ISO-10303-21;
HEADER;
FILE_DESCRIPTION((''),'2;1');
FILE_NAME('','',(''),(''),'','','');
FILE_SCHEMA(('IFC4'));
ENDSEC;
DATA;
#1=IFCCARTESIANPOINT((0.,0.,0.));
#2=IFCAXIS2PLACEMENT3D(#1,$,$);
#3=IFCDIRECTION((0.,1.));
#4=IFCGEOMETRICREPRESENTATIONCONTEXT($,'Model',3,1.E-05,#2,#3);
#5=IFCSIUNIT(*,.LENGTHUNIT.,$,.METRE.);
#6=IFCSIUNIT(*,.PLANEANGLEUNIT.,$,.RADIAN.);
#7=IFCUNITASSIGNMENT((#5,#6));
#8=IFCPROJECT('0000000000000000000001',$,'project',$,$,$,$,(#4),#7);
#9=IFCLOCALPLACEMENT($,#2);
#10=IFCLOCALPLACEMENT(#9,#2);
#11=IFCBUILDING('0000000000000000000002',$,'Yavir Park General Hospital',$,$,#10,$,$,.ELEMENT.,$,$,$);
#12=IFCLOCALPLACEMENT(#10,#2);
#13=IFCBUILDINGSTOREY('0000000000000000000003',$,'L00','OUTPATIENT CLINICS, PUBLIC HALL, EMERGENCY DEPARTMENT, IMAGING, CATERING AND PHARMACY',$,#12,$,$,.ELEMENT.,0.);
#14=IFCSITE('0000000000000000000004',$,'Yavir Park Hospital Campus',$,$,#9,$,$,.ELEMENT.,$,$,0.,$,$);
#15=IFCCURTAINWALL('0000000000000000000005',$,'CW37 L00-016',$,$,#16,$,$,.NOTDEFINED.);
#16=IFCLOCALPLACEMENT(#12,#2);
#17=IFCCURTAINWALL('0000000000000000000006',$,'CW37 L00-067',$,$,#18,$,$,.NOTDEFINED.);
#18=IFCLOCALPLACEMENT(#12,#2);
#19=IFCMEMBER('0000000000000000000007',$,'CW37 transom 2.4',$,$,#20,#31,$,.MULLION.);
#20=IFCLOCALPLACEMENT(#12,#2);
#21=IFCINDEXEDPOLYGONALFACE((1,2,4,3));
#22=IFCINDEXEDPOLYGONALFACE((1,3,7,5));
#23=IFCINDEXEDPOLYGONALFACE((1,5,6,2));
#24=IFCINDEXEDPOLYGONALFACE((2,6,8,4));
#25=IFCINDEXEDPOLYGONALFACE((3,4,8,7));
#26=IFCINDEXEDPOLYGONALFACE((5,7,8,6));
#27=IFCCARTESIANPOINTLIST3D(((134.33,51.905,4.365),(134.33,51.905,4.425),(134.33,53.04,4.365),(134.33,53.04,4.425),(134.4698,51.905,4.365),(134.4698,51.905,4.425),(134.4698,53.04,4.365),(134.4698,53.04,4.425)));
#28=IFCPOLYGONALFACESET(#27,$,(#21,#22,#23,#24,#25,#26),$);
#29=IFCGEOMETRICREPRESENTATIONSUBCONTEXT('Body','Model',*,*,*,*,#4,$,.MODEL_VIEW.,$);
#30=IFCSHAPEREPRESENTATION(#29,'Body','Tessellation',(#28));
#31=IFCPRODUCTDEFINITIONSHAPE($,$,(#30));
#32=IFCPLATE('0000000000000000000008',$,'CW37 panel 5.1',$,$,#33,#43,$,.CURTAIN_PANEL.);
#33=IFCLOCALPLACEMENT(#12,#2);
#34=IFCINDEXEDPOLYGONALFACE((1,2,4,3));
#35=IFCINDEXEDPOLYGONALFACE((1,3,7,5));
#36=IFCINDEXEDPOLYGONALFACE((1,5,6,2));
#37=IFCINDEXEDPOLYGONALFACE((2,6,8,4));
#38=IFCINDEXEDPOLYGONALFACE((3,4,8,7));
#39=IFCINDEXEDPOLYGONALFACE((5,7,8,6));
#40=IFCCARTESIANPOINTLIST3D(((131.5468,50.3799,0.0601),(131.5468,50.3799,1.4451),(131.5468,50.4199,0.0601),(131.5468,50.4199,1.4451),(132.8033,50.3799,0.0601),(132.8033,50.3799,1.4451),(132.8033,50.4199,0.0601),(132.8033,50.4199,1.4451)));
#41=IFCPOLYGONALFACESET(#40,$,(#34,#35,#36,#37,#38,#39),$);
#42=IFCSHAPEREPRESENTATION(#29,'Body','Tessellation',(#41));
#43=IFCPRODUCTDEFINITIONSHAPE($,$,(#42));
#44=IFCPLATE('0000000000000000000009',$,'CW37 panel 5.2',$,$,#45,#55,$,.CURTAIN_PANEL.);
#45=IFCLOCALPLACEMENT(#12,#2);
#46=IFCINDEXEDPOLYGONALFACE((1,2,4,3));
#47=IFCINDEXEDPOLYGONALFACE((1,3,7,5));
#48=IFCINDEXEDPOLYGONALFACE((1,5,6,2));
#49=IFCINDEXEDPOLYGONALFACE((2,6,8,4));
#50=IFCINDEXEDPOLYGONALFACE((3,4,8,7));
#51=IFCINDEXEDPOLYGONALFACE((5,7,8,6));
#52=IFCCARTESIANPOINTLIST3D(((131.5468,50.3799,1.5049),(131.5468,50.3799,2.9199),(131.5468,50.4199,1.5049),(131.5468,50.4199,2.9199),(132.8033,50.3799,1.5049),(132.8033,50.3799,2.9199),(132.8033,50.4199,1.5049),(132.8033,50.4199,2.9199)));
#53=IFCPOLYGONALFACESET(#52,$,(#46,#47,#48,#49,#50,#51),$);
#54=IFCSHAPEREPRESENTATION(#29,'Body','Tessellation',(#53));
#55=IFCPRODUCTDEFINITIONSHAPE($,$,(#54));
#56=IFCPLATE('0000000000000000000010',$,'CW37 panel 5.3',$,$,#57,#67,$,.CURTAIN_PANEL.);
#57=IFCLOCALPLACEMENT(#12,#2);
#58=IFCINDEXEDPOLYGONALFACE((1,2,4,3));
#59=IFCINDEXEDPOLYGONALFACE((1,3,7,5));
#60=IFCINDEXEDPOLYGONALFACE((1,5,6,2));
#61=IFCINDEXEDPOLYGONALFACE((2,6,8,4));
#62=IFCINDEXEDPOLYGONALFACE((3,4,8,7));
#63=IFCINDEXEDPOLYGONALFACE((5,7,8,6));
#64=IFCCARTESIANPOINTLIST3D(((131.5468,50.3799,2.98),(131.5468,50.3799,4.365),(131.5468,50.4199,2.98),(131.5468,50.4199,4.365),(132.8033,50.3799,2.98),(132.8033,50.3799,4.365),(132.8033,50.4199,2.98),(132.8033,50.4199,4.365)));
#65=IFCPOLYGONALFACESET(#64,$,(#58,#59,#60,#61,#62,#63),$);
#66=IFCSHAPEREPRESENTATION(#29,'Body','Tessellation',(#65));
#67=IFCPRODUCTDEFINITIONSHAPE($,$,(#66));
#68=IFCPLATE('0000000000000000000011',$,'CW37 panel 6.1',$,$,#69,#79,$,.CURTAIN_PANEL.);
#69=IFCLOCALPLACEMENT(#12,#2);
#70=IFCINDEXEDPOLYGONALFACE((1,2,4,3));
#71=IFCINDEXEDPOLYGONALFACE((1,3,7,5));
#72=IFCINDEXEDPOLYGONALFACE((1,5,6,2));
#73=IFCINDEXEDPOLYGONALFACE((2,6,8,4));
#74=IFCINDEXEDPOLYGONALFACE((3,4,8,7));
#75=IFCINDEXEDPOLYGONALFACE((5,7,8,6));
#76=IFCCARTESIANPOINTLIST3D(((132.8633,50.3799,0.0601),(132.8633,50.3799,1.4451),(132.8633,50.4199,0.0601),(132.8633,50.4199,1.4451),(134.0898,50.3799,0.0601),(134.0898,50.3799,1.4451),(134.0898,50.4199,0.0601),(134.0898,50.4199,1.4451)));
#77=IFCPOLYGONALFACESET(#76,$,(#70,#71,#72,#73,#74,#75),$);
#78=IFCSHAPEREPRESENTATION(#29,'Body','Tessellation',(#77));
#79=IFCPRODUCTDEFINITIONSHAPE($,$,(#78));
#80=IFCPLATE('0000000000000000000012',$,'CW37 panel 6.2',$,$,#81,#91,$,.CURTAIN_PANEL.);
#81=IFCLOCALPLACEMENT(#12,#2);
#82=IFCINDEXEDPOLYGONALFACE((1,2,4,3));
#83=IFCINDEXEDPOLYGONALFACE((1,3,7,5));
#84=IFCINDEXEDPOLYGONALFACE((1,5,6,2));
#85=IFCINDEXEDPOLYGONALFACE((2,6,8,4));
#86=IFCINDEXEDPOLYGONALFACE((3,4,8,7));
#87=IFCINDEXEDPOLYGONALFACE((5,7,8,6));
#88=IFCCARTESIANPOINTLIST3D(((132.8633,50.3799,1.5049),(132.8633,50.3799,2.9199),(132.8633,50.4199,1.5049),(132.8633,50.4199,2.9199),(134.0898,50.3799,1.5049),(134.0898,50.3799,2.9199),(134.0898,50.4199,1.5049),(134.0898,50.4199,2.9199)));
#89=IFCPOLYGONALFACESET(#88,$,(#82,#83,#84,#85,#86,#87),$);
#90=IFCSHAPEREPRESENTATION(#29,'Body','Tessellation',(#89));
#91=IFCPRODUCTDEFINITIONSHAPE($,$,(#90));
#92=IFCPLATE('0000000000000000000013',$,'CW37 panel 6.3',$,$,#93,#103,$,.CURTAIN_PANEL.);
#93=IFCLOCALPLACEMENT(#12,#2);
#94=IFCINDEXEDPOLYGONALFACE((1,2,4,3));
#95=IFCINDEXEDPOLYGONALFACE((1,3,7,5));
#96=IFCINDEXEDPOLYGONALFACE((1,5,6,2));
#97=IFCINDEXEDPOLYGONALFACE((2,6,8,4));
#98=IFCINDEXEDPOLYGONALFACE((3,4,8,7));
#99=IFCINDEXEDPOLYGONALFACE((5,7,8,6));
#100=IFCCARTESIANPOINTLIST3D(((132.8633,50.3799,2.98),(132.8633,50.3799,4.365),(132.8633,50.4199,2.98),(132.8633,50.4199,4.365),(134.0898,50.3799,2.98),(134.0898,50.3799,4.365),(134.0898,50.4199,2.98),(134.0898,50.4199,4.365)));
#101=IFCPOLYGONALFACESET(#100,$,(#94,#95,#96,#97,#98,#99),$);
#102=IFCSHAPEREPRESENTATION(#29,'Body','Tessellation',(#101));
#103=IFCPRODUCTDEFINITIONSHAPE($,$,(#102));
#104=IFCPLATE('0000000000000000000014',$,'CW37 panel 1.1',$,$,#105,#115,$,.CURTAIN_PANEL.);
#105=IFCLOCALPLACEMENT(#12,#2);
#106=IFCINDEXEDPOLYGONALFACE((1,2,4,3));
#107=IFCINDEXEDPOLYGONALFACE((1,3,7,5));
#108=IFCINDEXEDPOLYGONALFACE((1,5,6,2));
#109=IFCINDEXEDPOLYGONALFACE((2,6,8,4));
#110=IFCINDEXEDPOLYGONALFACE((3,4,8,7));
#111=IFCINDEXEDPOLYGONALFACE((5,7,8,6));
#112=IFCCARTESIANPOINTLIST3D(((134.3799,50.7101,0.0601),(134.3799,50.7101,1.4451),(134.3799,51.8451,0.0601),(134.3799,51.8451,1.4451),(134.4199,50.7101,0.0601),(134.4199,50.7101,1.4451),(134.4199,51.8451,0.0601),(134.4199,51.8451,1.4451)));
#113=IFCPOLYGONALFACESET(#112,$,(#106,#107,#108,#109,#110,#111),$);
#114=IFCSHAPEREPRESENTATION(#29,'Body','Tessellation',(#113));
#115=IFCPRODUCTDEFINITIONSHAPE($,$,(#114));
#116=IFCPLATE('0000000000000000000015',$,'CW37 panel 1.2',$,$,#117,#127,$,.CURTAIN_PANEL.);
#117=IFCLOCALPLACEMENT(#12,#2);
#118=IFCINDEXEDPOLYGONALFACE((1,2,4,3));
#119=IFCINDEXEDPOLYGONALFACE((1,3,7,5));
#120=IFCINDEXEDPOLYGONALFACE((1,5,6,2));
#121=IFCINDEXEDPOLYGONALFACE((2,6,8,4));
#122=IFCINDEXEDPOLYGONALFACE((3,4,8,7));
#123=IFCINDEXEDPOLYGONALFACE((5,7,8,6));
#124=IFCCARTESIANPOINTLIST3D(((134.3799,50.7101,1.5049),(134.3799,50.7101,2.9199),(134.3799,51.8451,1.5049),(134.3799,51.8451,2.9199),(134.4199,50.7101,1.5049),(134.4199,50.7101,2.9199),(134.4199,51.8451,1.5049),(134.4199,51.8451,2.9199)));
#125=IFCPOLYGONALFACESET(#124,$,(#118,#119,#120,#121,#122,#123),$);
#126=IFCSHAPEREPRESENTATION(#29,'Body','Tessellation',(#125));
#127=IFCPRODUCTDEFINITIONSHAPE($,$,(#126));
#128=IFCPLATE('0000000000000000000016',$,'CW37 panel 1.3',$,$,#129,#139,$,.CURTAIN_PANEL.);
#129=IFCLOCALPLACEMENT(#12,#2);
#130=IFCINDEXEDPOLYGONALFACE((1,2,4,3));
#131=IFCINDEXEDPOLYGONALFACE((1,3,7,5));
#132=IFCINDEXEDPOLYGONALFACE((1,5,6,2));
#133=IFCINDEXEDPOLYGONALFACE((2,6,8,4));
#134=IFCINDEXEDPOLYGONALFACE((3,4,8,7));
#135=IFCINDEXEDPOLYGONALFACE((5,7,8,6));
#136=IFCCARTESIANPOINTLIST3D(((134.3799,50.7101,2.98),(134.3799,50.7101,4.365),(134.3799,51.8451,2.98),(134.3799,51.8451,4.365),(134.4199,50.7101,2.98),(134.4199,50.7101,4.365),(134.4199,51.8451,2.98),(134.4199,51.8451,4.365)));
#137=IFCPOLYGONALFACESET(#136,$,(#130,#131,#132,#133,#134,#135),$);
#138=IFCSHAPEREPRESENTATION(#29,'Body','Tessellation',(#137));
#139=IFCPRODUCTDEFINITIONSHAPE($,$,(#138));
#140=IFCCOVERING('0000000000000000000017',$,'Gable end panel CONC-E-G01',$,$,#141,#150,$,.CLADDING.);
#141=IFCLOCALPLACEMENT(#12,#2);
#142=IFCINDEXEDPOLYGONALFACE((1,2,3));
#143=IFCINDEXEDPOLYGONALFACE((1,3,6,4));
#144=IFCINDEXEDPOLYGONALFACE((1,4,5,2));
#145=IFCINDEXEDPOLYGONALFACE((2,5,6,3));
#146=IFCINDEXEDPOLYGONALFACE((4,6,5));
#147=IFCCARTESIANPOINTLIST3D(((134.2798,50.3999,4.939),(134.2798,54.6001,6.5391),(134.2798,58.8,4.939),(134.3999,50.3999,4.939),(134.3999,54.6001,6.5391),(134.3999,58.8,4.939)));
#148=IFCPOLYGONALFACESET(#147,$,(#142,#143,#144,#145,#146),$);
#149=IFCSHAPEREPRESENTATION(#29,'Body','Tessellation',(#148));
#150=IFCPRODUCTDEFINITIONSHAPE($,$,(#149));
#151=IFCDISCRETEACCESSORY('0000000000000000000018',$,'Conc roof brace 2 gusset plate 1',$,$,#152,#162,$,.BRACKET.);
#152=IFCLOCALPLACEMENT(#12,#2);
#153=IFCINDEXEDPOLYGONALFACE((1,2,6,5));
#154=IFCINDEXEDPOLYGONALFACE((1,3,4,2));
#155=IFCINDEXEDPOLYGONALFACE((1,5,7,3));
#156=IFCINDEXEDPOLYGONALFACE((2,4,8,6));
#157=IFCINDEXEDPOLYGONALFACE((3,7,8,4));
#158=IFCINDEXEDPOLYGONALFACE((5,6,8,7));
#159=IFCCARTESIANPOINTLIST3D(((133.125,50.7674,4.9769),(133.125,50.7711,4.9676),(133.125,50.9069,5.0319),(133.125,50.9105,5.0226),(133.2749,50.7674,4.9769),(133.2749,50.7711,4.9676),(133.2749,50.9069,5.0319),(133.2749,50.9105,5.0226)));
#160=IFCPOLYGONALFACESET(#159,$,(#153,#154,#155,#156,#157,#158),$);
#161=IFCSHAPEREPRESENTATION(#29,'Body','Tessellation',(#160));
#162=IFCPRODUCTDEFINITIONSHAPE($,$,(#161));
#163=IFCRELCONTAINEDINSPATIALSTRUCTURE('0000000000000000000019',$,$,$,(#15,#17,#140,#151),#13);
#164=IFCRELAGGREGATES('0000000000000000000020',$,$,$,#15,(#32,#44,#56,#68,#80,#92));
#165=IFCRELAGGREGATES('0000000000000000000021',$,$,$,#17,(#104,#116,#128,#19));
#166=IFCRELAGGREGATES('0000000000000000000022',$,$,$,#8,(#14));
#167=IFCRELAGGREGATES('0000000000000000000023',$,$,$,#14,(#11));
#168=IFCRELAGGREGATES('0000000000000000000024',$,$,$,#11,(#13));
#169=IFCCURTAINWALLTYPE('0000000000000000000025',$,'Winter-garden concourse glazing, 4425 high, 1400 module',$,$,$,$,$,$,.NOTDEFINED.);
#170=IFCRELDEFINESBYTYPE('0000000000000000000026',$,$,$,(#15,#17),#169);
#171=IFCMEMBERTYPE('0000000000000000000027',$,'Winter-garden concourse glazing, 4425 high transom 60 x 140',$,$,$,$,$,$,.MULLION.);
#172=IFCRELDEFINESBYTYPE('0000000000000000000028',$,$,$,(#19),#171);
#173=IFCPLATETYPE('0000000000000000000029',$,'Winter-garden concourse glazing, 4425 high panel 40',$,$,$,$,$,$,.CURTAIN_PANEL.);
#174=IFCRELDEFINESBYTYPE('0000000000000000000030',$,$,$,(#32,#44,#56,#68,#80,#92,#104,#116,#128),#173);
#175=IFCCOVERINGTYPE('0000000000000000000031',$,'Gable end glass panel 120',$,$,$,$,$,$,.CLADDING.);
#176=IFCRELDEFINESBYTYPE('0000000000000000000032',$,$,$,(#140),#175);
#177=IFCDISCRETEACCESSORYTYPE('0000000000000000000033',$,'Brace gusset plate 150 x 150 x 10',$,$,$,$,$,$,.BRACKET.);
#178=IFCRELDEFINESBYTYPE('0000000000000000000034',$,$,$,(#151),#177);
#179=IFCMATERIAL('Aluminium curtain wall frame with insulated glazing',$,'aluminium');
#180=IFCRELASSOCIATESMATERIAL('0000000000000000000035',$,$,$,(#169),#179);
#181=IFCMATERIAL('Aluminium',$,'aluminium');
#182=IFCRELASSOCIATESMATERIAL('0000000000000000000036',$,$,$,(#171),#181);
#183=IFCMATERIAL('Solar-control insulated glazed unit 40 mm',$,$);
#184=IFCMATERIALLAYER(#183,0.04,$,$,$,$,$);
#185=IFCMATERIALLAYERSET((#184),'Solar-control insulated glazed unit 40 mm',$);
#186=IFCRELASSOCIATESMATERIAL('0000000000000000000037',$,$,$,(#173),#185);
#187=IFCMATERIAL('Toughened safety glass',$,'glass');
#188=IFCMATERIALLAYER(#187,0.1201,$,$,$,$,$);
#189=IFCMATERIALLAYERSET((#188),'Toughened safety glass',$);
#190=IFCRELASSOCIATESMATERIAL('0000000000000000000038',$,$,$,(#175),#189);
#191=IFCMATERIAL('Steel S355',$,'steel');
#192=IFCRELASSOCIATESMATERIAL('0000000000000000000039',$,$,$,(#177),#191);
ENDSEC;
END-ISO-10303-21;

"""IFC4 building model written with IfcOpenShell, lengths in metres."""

from ifc_helpers import new_model, si_unit, direction, frame, origin, origin_2d, place, context, subcontext, project, spatial, polyline, rectangle, outline, extrude, material, layer, layer_set, material_profile, profile_set, type_object, element, aggregate, save


model = new_model("IFC4")

# Units and contexts
model_context = context("Model", 3, precision=1e-05, world=origin(), true_north=direction((0.0, 1.0)))
body_context = subcontext(model_context, "Body", "Model", "MODEL_VIEW")
ifc_project = project(units=[si_unit("LENGTHUNIT", "METRE"), si_unit("PLANEANGLEUNIT", "RADIAN")], contexts=[model_context])

# Site, building, storey
site_placement = place(None, origin())
site = spatial("IfcSite", under=ifc_project, at=site_placement, Name="Yavir Park Hospital Campus", CompositionType="ELEMENT", RefElevation=0.0)
building_placement = place(site_placement, origin())
building = spatial("IfcBuilding", under=site, at=building_placement, Name="Yavir Park General Hospital", CompositionType="ELEMENT")
storey_placement = place(building_placement, origin())
storey = spatial("IfcBuildingStorey", under=building, at=storey_placement, Name="L00", Description="OUTPATIENT CLINICS, PUBLIC HALL, EMERGENCY DEPARTMENT, IMAGING, CATERING AND PHARMACY", CompositionType="ELEMENT", Elevation=0.0)

# Curtain walls
ifc_material_1 = material(Name="Aluminium curtain wall frame with insulated glazing", Category="aluminium")
curtain_wall_type = type_object("IfcCurtainWallType", Name="Winter-garden concourse glazing, 4425 high, 1400 module", PredefinedType="NOTDEFINED", material=ifc_material_1)
curtain_wall_1_placement = place(storey_placement, origin())
curtain_wall_1 = element("IfcCurtainWall", 1, at=curtain_wall_1_placement, inside=storey, type_object=curtain_wall_type, Name="CW37 L00-016", PredefinedType="NOTDEFINED")
curtain_wall_2_placement = place(storey_placement, origin())
curtain_wall_2 = element("IfcCurtainWall", 2, at=curtain_wall_2_placement, inside=storey, type_object=curtain_wall_type, Name="CW37 L00-067", PredefinedType="NOTDEFINED")

# Member
ifc_material_2 = material(Name="Aluminium", Category="aluminium")
ifc_material_profile_1 = material_profile(ifc_material_2, rectangle(XDim=0.1399, YDim=0.0601, at=origin_2d()), Name="AL 140x60")
ifc_profile_set_1 = profile_set([ifc_material_profile_1], Name="Aluminium")
member_type_1 = type_object("IfcMemberType", Name="Winter-garden concourse glazing, 4425 high transom 60 x 140", PredefinedType="MULLION", material=ifc_profile_set_1)
member_1_placement = place(storey_placement, frame((134.3999, 51.905, 4.395), z_axis=(0.0, 1.0, 0.0), x_axis=(-1.0, 0.0, 0.0)))
member_1 = element("IfcMember", 3, at=member_1_placement, type_object=member_type_1, Name="CW37 transom 2.4", PredefinedType="MULLION", context=body_context, shape_type="SweptSolid", body=[
    extrude(rectangle(XDim=0.1399, YDim=0.0601, at=origin_2d()), origin(), (0.0, 0.0, 1.0), 1.135),
])

# Plates
ifc_material_3 = material(Name="Solar-control insulated glazed unit 40 mm")
ifc_layer_1 = layer(ifc_material_3, 0.04)
ifc_layer_set_1 = layer_set([ifc_layer_1], Name="Solar-control insulated glazed unit 40 mm")
plate_type = type_object("IfcPlateType", Name="Winter-garden concourse glazing, 4425 high panel 40", PredefinedType="CURTAIN_PANEL", material=ifc_layer_set_1)
plate_1_placement = place(storey_placement, frame((132.175, 50.3999, 0.0601), z_axis=(0.0, 0.0, 1.0), x_axis=(1.0, 0.0, 0.0)))
plate_1 = element("IfcPlate", 4, at=plate_1_placement, type_object=plate_type, Name="CW37 panel 5.1", PredefinedType="CURTAIN_PANEL", context=body_context, shape_type="SweptSolid", body=[
    extrude(rectangle(XDim=1.2566, YDim=0.04, at=origin_2d()), origin(), (0.0, 0.0, 1.0), 1.385),
])
plate_2_placement = place(storey_placement, frame((132.175, 50.3999, 1.5049), z_axis=(0.0, 0.0, 1.0), x_axis=(1.0, 0.0, 0.0)))
plate_2 = element("IfcPlate", 5, at=plate_2_placement, type_object=plate_type, Name="CW37 panel 5.2", PredefinedType="CURTAIN_PANEL", context=body_context, shape_type="SweptSolid", body=[
    extrude(rectangle(XDim=1.2566, YDim=0.04, at=origin_2d()), origin(), (0.0, 0.0, 1.0), 1.415),
])
plate_3_placement = place(storey_placement, frame((132.175, 50.3999, 2.98), z_axis=(0.0, 0.0, 1.0), x_axis=(1.0, 0.0, 0.0)))
plate_3 = element("IfcPlate", 6, at=plate_3_placement, type_object=plate_type, Name="CW37 panel 5.3", PredefinedType="CURTAIN_PANEL", context=body_context, shape_type="SweptSolid", body=[
    extrude(rectangle(XDim=1.2566, YDim=0.04, at=origin_2d()), origin(), (0.0, 0.0, 1.0), 1.385),
])
plate_4_placement = place(storey_placement, frame((133.4766, 50.3999, 0.0601), z_axis=(0.0, 0.0, 1.0), x_axis=(1.0, 0.0, 0.0)))
plate_4 = element("IfcPlate", 7, at=plate_4_placement, type_object=plate_type, Name="CW37 panel 6.1", PredefinedType="CURTAIN_PANEL", context=body_context, shape_type="SweptSolid", body=[
    extrude(rectangle(XDim=1.2266, YDim=0.04, at=origin_2d()), origin(), (0.0, 0.0, 1.0), 1.385),
])
plate_5_placement = place(storey_placement, frame((133.4766, 50.3999, 1.5049), z_axis=(0.0, 0.0, 1.0), x_axis=(1.0, 0.0, 0.0)))
plate_5 = element("IfcPlate", 8, at=plate_5_placement, type_object=plate_type, Name="CW37 panel 6.2", PredefinedType="CURTAIN_PANEL", context=body_context, shape_type="SweptSolid", body=[
    extrude(rectangle(XDim=1.2266, YDim=0.04, at=origin_2d()), origin(), (0.0, 0.0, 1.0), 1.415),
])
plate_6_placement = place(storey_placement, frame((133.4766, 50.3999, 2.98), z_axis=(0.0, 0.0, 1.0), x_axis=(1.0, 0.0, 0.0)))
plate_6 = element("IfcPlate", 9, at=plate_6_placement, type_object=plate_type, Name="CW37 panel 6.3", PredefinedType="CURTAIN_PANEL", context=body_context, shape_type="SweptSolid", body=[
    extrude(rectangle(XDim=1.2266, YDim=0.04, at=origin_2d()), origin(), (0.0, 0.0, 1.0), 1.385),
])
aggregate(curtain_wall_1, [plate_1, plate_2, plate_3, plate_4, plate_5, plate_6])
plate_7_placement = place(storey_placement, frame((134.3999, 51.2776, 0.0601), z_axis=(0.0, 0.0, 1.0), x_axis=(0.0, 1.0, 0.0)))
plate_7 = element("IfcPlate", 10, at=plate_7_placement, type_object=plate_type, Name="CW37 panel 1.1", PredefinedType="CURTAIN_PANEL", context=body_context, shape_type="SweptSolid", body=[
    extrude(rectangle(XDim=1.135, YDim=0.04, at=origin_2d()), origin(), (0.0, 0.0, 1.0), 1.385),
])
plate_8_placement = place(storey_placement, frame((134.3999, 51.2776, 1.5049), z_axis=(0.0, 0.0, 1.0), x_axis=(0.0, 1.0, 0.0)))
plate_8 = element("IfcPlate", 11, at=plate_8_placement, type_object=plate_type, Name="CW37 panel 1.2", PredefinedType="CURTAIN_PANEL", context=body_context, shape_type="SweptSolid", body=[
    extrude(rectangle(XDim=1.135, YDim=0.04, at=origin_2d()), origin(), (0.0, 0.0, 1.0), 1.415),
])
plate_9_placement = place(storey_placement, frame((134.3999, 51.2776, 2.98), z_axis=(0.0, 0.0, 1.0), x_axis=(0.0, 1.0, 0.0)))
plate_9 = element("IfcPlate", 12, at=plate_9_placement, type_object=plate_type, Name="CW37 panel 1.3", PredefinedType="CURTAIN_PANEL", context=body_context, shape_type="SweptSolid", body=[
    extrude(rectangle(XDim=1.135, YDim=0.04, at=origin_2d()), origin(), (0.0, 0.0, 1.0), 1.385),
])
aggregate(curtain_wall_2, [plate_7, plate_8, plate_9, member_1])

# Covering
ifc_material_4 = material(Name="Toughened safety glass", Category="glass")
ifc_layer_2 = layer(ifc_material_4, 0.1201)
ifc_layer_set_2 = layer_set([ifc_layer_2], Name="Toughened safety glass")
covering_type = type_object("IfcCoveringType", Name="Gable end glass panel 120", PredefinedType="CLADDING", material=ifc_layer_set_2)
covering_placement = place(storey_placement, frame((134.3999, 50.3999, 4.939), z_axis=(1.0, 0.0, 0.0), x_axis=(0.0, 1.0, 0.0)))
element("IfcCovering", 13, at=covering_placement, inside=storey, type_object=covering_type, Name="Gable end panel CONC-E-G01", PredefinedType="CLADDING", context=body_context, shape_type="SweptSolid", body=[
    extrude(outline(polyline([(0.0, 0.0), (8.4001, 0.0), (4.2002, 1.6001), (0.0, 0.0)])), origin(), (0.0, 0.0, -1.0), 0.1201),
])

# Discrete accessory
ifc_material_5 = material(Name="Steel S355", Category="steel")
ifc_material_profile_2 = material_profile(ifc_material_5, rectangle(XDim=0.1499, YDim=0.1499, at=origin_2d()), Name="PL150x150")
ifc_profile_set_2 = profile_set([ifc_material_profile_2], Name="Steel S355")
discrete_accessory_type = type_object("IfcDiscreteAccessoryType", Name="Brace gusset plate 150 x 150 x 10", PredefinedType="BRACKET", material=ifc_profile_set_2)
discrete_accessory_placement = place(storey_placement, frame((133.2, 50.8408, 4.9951), z_axis=(0.0, -0.367167, 0.930155), x_axis=(1.0, 0.0, 0.0)))
element("IfcDiscreteAccessory", 14, at=discrete_accessory_placement, inside=storey, type_object=discrete_accessory_type, Name="Conc roof brace 2 gusset plate 1", PredefinedType="BRACKET", context=body_context, shape_type="SweptSolid", body=[
    extrude(rectangle(XDim=0.1499, YDim=0.1499, at=origin_2d()), origin(), (0.0, 0.0, 1.0), 0.01),
])

save(model, "model.ifc")
